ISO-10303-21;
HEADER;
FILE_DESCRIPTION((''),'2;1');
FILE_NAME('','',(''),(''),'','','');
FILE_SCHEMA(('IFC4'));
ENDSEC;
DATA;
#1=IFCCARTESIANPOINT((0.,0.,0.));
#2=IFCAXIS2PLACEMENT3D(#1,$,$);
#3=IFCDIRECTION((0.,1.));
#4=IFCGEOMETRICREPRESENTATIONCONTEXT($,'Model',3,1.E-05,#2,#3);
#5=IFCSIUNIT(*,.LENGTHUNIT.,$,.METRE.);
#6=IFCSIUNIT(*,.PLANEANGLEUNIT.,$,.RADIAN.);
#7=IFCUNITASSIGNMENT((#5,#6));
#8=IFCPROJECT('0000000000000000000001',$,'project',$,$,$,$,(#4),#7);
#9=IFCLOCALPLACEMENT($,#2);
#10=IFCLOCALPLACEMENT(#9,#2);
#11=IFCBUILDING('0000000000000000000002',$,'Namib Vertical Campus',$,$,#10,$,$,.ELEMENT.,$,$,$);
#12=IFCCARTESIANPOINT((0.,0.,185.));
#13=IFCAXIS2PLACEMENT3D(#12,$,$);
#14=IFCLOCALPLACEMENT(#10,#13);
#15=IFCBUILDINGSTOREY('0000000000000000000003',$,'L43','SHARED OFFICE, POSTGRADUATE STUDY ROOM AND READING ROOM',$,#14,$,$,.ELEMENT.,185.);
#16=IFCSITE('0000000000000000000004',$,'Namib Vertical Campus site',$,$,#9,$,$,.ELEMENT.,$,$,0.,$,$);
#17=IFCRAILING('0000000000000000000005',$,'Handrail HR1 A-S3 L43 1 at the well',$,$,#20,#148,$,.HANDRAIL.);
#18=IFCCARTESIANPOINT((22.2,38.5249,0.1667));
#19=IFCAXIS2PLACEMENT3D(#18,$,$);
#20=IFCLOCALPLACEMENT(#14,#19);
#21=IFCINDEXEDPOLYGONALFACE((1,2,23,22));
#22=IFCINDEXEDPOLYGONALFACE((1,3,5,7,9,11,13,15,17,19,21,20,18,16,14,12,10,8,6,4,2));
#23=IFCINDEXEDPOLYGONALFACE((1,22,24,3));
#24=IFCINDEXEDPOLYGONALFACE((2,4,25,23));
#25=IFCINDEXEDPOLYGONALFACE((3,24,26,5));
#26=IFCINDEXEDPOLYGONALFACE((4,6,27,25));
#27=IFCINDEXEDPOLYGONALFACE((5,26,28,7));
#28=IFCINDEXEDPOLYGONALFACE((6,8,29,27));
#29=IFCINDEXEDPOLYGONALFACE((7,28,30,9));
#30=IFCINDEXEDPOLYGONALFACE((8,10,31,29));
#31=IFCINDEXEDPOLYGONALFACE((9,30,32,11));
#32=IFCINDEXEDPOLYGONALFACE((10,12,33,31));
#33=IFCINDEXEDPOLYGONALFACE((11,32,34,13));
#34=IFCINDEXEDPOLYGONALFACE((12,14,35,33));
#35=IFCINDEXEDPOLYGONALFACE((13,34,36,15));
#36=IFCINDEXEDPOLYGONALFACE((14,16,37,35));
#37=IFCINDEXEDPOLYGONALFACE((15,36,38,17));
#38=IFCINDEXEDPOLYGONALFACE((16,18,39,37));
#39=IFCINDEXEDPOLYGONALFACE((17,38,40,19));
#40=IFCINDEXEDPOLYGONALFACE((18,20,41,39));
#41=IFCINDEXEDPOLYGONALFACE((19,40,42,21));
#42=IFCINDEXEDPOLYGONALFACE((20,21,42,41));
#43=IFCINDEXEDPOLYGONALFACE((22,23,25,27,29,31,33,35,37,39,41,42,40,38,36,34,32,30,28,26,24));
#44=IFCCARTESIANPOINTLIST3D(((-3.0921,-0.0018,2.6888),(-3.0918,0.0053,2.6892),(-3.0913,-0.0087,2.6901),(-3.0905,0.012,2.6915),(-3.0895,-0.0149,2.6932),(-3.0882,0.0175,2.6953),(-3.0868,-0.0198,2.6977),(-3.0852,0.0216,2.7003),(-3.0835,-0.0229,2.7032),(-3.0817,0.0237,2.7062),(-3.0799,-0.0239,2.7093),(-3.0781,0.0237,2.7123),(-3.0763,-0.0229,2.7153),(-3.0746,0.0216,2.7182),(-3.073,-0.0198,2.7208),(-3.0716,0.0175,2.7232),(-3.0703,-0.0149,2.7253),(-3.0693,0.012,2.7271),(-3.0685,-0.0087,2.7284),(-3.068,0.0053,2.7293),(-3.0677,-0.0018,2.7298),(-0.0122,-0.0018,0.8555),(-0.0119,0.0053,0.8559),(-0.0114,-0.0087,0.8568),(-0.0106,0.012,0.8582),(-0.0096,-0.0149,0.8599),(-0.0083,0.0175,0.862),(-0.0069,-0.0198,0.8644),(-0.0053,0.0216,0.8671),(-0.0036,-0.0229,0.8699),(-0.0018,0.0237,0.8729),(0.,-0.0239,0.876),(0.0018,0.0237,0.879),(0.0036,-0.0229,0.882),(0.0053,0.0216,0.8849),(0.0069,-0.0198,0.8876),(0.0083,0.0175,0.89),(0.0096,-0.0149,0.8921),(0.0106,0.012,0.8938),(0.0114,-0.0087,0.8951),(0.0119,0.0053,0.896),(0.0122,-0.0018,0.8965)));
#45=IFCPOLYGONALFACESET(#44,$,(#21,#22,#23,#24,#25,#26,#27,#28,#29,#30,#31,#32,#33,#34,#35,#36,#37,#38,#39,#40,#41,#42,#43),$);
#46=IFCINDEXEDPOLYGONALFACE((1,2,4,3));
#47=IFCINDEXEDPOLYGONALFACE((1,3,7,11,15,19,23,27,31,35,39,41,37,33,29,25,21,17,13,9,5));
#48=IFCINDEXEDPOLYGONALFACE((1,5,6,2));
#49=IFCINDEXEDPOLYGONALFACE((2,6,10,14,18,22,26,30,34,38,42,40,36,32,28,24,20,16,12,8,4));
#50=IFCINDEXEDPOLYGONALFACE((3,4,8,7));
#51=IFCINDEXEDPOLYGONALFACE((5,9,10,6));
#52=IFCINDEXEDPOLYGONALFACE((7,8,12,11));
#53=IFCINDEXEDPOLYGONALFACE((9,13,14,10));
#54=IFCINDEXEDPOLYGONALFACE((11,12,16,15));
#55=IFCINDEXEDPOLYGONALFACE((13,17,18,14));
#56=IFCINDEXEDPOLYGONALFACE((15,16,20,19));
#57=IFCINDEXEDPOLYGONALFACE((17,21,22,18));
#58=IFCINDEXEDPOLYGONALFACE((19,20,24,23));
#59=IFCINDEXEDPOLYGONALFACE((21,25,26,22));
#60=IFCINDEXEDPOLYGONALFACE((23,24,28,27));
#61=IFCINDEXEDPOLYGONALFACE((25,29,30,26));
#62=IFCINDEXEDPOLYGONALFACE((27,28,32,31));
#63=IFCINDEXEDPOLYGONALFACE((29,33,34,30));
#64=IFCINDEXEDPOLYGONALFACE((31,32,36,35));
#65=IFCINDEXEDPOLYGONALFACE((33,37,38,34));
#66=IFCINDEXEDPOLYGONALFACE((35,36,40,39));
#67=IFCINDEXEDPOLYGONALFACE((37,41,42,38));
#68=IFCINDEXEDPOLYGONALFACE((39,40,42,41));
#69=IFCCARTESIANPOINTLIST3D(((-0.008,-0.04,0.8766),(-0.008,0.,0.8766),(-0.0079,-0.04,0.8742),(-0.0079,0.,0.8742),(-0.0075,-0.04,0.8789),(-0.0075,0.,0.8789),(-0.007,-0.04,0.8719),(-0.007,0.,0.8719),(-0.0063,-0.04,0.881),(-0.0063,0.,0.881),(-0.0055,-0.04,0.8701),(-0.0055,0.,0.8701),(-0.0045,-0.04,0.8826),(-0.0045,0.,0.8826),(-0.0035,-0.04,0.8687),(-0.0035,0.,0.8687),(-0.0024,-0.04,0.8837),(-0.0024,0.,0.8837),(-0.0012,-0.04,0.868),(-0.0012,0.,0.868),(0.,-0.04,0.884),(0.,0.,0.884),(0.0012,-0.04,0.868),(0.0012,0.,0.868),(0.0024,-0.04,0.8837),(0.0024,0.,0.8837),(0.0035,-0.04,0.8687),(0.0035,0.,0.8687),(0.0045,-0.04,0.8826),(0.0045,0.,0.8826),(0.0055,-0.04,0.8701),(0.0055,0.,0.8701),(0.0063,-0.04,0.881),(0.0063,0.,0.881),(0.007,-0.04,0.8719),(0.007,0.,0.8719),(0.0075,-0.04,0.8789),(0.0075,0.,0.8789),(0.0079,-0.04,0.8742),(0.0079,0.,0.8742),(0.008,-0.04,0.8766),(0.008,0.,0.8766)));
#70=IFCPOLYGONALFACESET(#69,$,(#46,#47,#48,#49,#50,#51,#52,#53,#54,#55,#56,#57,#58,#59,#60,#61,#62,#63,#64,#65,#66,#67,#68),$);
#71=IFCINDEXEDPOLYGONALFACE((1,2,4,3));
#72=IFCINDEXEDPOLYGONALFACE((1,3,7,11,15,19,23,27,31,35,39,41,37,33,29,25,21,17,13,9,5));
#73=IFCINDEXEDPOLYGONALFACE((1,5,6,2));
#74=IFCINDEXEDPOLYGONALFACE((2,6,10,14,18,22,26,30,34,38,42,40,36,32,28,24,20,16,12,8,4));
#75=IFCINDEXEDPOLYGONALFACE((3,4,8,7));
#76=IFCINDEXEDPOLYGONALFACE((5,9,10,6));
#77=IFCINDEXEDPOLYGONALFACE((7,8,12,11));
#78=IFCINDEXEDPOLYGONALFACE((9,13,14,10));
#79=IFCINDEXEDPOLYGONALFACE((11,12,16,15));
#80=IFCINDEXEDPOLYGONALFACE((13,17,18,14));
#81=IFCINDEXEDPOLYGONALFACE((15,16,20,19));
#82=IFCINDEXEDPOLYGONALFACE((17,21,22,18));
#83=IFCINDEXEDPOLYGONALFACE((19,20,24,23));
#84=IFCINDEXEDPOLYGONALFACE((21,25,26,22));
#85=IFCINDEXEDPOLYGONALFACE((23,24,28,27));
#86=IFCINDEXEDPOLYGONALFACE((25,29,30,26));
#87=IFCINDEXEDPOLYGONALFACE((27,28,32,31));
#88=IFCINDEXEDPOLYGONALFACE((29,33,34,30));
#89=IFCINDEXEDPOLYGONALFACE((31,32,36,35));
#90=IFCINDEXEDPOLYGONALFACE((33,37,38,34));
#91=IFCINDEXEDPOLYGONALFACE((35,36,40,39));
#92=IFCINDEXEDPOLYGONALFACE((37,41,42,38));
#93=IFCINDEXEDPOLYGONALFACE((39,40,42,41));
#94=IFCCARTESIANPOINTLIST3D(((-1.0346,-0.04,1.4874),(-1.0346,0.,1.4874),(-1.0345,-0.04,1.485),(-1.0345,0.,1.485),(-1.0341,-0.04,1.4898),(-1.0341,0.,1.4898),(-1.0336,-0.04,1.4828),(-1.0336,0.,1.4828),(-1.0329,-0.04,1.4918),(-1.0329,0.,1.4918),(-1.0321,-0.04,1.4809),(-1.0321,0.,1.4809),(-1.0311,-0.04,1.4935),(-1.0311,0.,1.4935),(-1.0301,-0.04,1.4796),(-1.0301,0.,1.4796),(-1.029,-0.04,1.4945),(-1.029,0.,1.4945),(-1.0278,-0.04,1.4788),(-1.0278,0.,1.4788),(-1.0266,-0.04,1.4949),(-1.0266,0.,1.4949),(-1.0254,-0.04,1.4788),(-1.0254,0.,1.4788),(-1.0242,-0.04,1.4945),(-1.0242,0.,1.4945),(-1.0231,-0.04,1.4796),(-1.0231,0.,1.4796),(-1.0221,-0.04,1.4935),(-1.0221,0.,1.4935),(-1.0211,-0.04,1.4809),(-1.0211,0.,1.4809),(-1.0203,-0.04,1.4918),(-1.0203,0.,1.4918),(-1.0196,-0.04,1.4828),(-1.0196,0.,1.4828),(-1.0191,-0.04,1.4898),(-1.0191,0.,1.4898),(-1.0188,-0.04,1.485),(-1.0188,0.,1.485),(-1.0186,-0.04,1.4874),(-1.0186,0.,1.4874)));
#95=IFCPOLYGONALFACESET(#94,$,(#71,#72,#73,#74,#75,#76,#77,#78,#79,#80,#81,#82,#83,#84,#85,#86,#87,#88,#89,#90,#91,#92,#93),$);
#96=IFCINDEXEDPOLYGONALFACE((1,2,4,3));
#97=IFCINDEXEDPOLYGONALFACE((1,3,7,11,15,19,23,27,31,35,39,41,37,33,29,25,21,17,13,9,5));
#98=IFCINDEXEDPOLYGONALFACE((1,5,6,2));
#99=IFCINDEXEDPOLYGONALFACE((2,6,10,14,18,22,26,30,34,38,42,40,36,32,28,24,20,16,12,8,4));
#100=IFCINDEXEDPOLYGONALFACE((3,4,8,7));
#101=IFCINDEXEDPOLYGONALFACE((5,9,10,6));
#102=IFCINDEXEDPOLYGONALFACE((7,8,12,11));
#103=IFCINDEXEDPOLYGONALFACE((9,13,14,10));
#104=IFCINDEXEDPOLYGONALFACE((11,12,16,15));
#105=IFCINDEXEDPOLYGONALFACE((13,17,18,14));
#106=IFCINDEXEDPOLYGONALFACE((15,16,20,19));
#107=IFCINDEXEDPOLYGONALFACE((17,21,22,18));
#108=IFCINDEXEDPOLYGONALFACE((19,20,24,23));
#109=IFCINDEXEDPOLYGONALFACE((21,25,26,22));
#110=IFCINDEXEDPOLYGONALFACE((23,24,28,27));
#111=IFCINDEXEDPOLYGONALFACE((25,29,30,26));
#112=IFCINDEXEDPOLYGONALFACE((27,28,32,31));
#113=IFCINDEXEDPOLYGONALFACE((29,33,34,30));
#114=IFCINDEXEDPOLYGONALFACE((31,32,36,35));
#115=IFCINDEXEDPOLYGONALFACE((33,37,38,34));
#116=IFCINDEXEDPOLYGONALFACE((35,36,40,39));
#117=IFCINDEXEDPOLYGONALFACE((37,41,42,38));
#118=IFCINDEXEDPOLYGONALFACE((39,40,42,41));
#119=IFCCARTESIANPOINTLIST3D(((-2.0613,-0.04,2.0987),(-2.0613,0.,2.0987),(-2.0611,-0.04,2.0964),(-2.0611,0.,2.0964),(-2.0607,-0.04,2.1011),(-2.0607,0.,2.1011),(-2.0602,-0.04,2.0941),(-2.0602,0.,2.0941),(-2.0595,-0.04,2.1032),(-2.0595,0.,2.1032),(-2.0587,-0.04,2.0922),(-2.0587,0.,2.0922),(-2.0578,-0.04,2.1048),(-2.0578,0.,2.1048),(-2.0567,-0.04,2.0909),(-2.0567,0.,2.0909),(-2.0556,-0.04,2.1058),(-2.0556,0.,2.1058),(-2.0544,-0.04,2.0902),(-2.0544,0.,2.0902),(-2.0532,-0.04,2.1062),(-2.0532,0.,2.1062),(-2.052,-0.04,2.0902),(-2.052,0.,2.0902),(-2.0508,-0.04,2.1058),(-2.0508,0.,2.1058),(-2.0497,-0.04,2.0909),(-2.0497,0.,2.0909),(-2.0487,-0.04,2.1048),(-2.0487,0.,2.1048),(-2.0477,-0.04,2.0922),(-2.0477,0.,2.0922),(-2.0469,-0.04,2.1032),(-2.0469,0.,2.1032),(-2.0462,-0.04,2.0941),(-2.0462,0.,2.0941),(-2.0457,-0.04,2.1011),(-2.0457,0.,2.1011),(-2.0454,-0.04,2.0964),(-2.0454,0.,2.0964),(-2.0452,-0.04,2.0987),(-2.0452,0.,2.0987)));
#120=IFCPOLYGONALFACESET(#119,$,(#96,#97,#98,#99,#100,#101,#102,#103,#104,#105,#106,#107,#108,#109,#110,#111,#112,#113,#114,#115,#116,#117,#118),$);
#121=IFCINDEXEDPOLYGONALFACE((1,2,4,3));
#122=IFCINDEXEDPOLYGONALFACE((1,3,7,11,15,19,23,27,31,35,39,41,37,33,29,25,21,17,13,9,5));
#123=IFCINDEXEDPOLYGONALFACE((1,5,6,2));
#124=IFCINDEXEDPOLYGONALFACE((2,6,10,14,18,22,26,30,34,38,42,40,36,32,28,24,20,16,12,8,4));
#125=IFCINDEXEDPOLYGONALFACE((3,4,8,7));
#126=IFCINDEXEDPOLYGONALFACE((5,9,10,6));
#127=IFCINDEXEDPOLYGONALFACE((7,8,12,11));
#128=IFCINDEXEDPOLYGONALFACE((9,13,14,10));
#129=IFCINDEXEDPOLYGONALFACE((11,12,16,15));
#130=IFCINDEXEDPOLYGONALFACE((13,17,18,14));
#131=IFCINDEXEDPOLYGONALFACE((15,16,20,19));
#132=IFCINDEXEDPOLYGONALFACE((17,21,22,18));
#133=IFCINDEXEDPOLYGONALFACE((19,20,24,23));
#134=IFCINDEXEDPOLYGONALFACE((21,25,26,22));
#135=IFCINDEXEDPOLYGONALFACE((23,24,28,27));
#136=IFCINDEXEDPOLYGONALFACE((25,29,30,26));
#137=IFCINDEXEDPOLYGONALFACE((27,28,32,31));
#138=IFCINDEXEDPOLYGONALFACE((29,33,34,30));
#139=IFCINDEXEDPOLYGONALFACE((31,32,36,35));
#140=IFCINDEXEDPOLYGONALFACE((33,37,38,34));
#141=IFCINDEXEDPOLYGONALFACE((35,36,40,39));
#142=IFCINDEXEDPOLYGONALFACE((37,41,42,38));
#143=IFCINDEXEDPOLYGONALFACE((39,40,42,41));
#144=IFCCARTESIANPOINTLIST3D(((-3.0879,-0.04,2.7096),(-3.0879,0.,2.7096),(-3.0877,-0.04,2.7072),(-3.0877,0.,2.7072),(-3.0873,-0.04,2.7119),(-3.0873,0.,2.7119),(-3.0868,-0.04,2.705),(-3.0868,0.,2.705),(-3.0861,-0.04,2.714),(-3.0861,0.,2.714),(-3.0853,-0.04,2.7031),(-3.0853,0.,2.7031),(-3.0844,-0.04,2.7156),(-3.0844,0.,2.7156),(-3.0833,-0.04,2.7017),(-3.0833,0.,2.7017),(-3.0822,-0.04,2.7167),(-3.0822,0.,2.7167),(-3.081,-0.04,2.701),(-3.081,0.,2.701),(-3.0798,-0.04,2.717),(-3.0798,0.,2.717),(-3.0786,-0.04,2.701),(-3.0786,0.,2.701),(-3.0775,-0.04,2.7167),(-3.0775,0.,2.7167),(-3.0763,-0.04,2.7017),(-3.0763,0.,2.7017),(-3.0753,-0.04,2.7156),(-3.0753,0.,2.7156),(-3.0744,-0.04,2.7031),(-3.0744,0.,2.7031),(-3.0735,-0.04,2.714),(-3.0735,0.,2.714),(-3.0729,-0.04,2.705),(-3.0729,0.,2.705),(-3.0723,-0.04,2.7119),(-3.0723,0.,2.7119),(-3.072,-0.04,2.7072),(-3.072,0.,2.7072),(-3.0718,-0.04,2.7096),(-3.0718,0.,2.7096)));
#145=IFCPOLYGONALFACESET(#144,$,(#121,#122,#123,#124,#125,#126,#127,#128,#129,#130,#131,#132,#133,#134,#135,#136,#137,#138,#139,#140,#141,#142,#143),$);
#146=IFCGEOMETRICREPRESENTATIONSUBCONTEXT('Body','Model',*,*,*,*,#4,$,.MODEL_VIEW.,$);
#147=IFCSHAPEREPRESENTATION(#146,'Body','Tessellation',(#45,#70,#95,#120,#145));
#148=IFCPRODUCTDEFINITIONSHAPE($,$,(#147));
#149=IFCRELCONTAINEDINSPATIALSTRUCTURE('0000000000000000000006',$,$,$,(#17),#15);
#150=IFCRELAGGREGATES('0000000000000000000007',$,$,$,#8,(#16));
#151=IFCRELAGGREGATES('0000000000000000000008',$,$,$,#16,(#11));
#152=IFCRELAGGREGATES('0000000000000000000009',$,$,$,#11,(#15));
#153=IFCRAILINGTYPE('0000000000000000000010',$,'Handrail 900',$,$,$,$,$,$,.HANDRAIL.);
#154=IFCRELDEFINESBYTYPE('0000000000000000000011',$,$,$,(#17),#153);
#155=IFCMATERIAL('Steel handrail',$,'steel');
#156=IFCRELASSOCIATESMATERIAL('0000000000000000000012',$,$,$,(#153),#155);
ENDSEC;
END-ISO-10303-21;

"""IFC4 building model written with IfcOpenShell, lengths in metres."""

from ifc_helpers import new_model, si_unit, direction, frame, origin, origin_2d, place, context, subcontext, project, spatial, circle, extrude, material, type_object, element, save


model = new_model("IFC4")

# Units and contexts
model_context = context("Model", 3, precision=1e-05, world=origin(), true_north=direction((0.0, 1.0)))
body_context = subcontext(model_context, "Body", "Model", "MODEL_VIEW")
ifc_project = project(units=[si_unit("LENGTHUNIT", "METRE"), si_unit("PLANEANGLEUNIT", "RADIAN")], contexts=[model_context])

# Site, building, storey
site_placement = place(None, origin())
site = spatial("IfcSite", under=ifc_project, at=site_placement, Name="Namib Vertical Campus site", CompositionType="ELEMENT", RefElevation=0.0)
building_placement = place(site_placement, origin())
building = spatial("IfcBuilding", under=site, at=building_placement, Name="Namib Vertical Campus", CompositionType="ELEMENT")
storey_placement = place(building_placement, frame((0.0, 0.0, 185.0)))
storey = spatial("IfcBuildingStorey", under=building, at=storey_placement, Name="L43", Description="SHARED OFFICE, POSTGRADUATE STUDY ROOM AND READING ROOM", CompositionType="ELEMENT", Elevation=185.0)

# Railing
ifc_material_1 = material(Name="Steel handrail", Category="steel")
railing_type_1 = type_object("IfcRailingType", Name="Handrail 900", PredefinedType="HANDRAIL", material=ifc_material_1)
railing_1_placement = place(storey_placement, frame((22.2, 38.5249, 0.1667)))
element("IfcRailing", 1, at=railing_1_placement, inside=storey, type_object=railing_type_1, Name="Handrail HR1 A-S3 L43 1 at the well", PredefinedType="HANDRAIL", context=body_context, shape_type="SweptSolid", body=[
    extrude(circle(Radius=0.0239, at=origin_2d()), frame((0.0, 0.0, 0.876), z_axis=(-0.859291, 0.0, 0.511487), x_axis=(0.0, -1.0, 0.0)), (0.0, 0.0, 1.0), 3.5842),
    extrude(circle(Radius=0.0081, at=origin_2d()), frame((0.0, 0.0, 0.876), z_axis=(0.0, -1.0, 0.0), x_axis=(0.0, 0.0, 1.0)), (0.0, 0.0, 1.0), 0.04),
    extrude(circle(Radius=0.0081, at=origin_2d()), frame((-1.0266, 0.0, 1.4868), z_axis=(0.0, -1.0, 0.0), x_axis=(0.0, 0.0, 1.0)), (0.0, 0.0, 1.0), 0.04),
    extrude(circle(Radius=0.0081, at=origin_2d()), frame((-2.0532, 0.0, 2.0981), z_axis=(0.0, -1.0, 0.0), x_axis=(0.0, 0.0, 1.0)), (0.0, 0.0, 1.0), 0.04),
    extrude(circle(Radius=0.0081, at=origin_2d()), frame((-3.0798, 0.0, 2.709), z_axis=(0.0, -1.0, 0.0), x_axis=(0.0, 0.0, 1.0)), (0.0, 0.0, 1.0), 0.04),
])

save(model, "model.ifc")
